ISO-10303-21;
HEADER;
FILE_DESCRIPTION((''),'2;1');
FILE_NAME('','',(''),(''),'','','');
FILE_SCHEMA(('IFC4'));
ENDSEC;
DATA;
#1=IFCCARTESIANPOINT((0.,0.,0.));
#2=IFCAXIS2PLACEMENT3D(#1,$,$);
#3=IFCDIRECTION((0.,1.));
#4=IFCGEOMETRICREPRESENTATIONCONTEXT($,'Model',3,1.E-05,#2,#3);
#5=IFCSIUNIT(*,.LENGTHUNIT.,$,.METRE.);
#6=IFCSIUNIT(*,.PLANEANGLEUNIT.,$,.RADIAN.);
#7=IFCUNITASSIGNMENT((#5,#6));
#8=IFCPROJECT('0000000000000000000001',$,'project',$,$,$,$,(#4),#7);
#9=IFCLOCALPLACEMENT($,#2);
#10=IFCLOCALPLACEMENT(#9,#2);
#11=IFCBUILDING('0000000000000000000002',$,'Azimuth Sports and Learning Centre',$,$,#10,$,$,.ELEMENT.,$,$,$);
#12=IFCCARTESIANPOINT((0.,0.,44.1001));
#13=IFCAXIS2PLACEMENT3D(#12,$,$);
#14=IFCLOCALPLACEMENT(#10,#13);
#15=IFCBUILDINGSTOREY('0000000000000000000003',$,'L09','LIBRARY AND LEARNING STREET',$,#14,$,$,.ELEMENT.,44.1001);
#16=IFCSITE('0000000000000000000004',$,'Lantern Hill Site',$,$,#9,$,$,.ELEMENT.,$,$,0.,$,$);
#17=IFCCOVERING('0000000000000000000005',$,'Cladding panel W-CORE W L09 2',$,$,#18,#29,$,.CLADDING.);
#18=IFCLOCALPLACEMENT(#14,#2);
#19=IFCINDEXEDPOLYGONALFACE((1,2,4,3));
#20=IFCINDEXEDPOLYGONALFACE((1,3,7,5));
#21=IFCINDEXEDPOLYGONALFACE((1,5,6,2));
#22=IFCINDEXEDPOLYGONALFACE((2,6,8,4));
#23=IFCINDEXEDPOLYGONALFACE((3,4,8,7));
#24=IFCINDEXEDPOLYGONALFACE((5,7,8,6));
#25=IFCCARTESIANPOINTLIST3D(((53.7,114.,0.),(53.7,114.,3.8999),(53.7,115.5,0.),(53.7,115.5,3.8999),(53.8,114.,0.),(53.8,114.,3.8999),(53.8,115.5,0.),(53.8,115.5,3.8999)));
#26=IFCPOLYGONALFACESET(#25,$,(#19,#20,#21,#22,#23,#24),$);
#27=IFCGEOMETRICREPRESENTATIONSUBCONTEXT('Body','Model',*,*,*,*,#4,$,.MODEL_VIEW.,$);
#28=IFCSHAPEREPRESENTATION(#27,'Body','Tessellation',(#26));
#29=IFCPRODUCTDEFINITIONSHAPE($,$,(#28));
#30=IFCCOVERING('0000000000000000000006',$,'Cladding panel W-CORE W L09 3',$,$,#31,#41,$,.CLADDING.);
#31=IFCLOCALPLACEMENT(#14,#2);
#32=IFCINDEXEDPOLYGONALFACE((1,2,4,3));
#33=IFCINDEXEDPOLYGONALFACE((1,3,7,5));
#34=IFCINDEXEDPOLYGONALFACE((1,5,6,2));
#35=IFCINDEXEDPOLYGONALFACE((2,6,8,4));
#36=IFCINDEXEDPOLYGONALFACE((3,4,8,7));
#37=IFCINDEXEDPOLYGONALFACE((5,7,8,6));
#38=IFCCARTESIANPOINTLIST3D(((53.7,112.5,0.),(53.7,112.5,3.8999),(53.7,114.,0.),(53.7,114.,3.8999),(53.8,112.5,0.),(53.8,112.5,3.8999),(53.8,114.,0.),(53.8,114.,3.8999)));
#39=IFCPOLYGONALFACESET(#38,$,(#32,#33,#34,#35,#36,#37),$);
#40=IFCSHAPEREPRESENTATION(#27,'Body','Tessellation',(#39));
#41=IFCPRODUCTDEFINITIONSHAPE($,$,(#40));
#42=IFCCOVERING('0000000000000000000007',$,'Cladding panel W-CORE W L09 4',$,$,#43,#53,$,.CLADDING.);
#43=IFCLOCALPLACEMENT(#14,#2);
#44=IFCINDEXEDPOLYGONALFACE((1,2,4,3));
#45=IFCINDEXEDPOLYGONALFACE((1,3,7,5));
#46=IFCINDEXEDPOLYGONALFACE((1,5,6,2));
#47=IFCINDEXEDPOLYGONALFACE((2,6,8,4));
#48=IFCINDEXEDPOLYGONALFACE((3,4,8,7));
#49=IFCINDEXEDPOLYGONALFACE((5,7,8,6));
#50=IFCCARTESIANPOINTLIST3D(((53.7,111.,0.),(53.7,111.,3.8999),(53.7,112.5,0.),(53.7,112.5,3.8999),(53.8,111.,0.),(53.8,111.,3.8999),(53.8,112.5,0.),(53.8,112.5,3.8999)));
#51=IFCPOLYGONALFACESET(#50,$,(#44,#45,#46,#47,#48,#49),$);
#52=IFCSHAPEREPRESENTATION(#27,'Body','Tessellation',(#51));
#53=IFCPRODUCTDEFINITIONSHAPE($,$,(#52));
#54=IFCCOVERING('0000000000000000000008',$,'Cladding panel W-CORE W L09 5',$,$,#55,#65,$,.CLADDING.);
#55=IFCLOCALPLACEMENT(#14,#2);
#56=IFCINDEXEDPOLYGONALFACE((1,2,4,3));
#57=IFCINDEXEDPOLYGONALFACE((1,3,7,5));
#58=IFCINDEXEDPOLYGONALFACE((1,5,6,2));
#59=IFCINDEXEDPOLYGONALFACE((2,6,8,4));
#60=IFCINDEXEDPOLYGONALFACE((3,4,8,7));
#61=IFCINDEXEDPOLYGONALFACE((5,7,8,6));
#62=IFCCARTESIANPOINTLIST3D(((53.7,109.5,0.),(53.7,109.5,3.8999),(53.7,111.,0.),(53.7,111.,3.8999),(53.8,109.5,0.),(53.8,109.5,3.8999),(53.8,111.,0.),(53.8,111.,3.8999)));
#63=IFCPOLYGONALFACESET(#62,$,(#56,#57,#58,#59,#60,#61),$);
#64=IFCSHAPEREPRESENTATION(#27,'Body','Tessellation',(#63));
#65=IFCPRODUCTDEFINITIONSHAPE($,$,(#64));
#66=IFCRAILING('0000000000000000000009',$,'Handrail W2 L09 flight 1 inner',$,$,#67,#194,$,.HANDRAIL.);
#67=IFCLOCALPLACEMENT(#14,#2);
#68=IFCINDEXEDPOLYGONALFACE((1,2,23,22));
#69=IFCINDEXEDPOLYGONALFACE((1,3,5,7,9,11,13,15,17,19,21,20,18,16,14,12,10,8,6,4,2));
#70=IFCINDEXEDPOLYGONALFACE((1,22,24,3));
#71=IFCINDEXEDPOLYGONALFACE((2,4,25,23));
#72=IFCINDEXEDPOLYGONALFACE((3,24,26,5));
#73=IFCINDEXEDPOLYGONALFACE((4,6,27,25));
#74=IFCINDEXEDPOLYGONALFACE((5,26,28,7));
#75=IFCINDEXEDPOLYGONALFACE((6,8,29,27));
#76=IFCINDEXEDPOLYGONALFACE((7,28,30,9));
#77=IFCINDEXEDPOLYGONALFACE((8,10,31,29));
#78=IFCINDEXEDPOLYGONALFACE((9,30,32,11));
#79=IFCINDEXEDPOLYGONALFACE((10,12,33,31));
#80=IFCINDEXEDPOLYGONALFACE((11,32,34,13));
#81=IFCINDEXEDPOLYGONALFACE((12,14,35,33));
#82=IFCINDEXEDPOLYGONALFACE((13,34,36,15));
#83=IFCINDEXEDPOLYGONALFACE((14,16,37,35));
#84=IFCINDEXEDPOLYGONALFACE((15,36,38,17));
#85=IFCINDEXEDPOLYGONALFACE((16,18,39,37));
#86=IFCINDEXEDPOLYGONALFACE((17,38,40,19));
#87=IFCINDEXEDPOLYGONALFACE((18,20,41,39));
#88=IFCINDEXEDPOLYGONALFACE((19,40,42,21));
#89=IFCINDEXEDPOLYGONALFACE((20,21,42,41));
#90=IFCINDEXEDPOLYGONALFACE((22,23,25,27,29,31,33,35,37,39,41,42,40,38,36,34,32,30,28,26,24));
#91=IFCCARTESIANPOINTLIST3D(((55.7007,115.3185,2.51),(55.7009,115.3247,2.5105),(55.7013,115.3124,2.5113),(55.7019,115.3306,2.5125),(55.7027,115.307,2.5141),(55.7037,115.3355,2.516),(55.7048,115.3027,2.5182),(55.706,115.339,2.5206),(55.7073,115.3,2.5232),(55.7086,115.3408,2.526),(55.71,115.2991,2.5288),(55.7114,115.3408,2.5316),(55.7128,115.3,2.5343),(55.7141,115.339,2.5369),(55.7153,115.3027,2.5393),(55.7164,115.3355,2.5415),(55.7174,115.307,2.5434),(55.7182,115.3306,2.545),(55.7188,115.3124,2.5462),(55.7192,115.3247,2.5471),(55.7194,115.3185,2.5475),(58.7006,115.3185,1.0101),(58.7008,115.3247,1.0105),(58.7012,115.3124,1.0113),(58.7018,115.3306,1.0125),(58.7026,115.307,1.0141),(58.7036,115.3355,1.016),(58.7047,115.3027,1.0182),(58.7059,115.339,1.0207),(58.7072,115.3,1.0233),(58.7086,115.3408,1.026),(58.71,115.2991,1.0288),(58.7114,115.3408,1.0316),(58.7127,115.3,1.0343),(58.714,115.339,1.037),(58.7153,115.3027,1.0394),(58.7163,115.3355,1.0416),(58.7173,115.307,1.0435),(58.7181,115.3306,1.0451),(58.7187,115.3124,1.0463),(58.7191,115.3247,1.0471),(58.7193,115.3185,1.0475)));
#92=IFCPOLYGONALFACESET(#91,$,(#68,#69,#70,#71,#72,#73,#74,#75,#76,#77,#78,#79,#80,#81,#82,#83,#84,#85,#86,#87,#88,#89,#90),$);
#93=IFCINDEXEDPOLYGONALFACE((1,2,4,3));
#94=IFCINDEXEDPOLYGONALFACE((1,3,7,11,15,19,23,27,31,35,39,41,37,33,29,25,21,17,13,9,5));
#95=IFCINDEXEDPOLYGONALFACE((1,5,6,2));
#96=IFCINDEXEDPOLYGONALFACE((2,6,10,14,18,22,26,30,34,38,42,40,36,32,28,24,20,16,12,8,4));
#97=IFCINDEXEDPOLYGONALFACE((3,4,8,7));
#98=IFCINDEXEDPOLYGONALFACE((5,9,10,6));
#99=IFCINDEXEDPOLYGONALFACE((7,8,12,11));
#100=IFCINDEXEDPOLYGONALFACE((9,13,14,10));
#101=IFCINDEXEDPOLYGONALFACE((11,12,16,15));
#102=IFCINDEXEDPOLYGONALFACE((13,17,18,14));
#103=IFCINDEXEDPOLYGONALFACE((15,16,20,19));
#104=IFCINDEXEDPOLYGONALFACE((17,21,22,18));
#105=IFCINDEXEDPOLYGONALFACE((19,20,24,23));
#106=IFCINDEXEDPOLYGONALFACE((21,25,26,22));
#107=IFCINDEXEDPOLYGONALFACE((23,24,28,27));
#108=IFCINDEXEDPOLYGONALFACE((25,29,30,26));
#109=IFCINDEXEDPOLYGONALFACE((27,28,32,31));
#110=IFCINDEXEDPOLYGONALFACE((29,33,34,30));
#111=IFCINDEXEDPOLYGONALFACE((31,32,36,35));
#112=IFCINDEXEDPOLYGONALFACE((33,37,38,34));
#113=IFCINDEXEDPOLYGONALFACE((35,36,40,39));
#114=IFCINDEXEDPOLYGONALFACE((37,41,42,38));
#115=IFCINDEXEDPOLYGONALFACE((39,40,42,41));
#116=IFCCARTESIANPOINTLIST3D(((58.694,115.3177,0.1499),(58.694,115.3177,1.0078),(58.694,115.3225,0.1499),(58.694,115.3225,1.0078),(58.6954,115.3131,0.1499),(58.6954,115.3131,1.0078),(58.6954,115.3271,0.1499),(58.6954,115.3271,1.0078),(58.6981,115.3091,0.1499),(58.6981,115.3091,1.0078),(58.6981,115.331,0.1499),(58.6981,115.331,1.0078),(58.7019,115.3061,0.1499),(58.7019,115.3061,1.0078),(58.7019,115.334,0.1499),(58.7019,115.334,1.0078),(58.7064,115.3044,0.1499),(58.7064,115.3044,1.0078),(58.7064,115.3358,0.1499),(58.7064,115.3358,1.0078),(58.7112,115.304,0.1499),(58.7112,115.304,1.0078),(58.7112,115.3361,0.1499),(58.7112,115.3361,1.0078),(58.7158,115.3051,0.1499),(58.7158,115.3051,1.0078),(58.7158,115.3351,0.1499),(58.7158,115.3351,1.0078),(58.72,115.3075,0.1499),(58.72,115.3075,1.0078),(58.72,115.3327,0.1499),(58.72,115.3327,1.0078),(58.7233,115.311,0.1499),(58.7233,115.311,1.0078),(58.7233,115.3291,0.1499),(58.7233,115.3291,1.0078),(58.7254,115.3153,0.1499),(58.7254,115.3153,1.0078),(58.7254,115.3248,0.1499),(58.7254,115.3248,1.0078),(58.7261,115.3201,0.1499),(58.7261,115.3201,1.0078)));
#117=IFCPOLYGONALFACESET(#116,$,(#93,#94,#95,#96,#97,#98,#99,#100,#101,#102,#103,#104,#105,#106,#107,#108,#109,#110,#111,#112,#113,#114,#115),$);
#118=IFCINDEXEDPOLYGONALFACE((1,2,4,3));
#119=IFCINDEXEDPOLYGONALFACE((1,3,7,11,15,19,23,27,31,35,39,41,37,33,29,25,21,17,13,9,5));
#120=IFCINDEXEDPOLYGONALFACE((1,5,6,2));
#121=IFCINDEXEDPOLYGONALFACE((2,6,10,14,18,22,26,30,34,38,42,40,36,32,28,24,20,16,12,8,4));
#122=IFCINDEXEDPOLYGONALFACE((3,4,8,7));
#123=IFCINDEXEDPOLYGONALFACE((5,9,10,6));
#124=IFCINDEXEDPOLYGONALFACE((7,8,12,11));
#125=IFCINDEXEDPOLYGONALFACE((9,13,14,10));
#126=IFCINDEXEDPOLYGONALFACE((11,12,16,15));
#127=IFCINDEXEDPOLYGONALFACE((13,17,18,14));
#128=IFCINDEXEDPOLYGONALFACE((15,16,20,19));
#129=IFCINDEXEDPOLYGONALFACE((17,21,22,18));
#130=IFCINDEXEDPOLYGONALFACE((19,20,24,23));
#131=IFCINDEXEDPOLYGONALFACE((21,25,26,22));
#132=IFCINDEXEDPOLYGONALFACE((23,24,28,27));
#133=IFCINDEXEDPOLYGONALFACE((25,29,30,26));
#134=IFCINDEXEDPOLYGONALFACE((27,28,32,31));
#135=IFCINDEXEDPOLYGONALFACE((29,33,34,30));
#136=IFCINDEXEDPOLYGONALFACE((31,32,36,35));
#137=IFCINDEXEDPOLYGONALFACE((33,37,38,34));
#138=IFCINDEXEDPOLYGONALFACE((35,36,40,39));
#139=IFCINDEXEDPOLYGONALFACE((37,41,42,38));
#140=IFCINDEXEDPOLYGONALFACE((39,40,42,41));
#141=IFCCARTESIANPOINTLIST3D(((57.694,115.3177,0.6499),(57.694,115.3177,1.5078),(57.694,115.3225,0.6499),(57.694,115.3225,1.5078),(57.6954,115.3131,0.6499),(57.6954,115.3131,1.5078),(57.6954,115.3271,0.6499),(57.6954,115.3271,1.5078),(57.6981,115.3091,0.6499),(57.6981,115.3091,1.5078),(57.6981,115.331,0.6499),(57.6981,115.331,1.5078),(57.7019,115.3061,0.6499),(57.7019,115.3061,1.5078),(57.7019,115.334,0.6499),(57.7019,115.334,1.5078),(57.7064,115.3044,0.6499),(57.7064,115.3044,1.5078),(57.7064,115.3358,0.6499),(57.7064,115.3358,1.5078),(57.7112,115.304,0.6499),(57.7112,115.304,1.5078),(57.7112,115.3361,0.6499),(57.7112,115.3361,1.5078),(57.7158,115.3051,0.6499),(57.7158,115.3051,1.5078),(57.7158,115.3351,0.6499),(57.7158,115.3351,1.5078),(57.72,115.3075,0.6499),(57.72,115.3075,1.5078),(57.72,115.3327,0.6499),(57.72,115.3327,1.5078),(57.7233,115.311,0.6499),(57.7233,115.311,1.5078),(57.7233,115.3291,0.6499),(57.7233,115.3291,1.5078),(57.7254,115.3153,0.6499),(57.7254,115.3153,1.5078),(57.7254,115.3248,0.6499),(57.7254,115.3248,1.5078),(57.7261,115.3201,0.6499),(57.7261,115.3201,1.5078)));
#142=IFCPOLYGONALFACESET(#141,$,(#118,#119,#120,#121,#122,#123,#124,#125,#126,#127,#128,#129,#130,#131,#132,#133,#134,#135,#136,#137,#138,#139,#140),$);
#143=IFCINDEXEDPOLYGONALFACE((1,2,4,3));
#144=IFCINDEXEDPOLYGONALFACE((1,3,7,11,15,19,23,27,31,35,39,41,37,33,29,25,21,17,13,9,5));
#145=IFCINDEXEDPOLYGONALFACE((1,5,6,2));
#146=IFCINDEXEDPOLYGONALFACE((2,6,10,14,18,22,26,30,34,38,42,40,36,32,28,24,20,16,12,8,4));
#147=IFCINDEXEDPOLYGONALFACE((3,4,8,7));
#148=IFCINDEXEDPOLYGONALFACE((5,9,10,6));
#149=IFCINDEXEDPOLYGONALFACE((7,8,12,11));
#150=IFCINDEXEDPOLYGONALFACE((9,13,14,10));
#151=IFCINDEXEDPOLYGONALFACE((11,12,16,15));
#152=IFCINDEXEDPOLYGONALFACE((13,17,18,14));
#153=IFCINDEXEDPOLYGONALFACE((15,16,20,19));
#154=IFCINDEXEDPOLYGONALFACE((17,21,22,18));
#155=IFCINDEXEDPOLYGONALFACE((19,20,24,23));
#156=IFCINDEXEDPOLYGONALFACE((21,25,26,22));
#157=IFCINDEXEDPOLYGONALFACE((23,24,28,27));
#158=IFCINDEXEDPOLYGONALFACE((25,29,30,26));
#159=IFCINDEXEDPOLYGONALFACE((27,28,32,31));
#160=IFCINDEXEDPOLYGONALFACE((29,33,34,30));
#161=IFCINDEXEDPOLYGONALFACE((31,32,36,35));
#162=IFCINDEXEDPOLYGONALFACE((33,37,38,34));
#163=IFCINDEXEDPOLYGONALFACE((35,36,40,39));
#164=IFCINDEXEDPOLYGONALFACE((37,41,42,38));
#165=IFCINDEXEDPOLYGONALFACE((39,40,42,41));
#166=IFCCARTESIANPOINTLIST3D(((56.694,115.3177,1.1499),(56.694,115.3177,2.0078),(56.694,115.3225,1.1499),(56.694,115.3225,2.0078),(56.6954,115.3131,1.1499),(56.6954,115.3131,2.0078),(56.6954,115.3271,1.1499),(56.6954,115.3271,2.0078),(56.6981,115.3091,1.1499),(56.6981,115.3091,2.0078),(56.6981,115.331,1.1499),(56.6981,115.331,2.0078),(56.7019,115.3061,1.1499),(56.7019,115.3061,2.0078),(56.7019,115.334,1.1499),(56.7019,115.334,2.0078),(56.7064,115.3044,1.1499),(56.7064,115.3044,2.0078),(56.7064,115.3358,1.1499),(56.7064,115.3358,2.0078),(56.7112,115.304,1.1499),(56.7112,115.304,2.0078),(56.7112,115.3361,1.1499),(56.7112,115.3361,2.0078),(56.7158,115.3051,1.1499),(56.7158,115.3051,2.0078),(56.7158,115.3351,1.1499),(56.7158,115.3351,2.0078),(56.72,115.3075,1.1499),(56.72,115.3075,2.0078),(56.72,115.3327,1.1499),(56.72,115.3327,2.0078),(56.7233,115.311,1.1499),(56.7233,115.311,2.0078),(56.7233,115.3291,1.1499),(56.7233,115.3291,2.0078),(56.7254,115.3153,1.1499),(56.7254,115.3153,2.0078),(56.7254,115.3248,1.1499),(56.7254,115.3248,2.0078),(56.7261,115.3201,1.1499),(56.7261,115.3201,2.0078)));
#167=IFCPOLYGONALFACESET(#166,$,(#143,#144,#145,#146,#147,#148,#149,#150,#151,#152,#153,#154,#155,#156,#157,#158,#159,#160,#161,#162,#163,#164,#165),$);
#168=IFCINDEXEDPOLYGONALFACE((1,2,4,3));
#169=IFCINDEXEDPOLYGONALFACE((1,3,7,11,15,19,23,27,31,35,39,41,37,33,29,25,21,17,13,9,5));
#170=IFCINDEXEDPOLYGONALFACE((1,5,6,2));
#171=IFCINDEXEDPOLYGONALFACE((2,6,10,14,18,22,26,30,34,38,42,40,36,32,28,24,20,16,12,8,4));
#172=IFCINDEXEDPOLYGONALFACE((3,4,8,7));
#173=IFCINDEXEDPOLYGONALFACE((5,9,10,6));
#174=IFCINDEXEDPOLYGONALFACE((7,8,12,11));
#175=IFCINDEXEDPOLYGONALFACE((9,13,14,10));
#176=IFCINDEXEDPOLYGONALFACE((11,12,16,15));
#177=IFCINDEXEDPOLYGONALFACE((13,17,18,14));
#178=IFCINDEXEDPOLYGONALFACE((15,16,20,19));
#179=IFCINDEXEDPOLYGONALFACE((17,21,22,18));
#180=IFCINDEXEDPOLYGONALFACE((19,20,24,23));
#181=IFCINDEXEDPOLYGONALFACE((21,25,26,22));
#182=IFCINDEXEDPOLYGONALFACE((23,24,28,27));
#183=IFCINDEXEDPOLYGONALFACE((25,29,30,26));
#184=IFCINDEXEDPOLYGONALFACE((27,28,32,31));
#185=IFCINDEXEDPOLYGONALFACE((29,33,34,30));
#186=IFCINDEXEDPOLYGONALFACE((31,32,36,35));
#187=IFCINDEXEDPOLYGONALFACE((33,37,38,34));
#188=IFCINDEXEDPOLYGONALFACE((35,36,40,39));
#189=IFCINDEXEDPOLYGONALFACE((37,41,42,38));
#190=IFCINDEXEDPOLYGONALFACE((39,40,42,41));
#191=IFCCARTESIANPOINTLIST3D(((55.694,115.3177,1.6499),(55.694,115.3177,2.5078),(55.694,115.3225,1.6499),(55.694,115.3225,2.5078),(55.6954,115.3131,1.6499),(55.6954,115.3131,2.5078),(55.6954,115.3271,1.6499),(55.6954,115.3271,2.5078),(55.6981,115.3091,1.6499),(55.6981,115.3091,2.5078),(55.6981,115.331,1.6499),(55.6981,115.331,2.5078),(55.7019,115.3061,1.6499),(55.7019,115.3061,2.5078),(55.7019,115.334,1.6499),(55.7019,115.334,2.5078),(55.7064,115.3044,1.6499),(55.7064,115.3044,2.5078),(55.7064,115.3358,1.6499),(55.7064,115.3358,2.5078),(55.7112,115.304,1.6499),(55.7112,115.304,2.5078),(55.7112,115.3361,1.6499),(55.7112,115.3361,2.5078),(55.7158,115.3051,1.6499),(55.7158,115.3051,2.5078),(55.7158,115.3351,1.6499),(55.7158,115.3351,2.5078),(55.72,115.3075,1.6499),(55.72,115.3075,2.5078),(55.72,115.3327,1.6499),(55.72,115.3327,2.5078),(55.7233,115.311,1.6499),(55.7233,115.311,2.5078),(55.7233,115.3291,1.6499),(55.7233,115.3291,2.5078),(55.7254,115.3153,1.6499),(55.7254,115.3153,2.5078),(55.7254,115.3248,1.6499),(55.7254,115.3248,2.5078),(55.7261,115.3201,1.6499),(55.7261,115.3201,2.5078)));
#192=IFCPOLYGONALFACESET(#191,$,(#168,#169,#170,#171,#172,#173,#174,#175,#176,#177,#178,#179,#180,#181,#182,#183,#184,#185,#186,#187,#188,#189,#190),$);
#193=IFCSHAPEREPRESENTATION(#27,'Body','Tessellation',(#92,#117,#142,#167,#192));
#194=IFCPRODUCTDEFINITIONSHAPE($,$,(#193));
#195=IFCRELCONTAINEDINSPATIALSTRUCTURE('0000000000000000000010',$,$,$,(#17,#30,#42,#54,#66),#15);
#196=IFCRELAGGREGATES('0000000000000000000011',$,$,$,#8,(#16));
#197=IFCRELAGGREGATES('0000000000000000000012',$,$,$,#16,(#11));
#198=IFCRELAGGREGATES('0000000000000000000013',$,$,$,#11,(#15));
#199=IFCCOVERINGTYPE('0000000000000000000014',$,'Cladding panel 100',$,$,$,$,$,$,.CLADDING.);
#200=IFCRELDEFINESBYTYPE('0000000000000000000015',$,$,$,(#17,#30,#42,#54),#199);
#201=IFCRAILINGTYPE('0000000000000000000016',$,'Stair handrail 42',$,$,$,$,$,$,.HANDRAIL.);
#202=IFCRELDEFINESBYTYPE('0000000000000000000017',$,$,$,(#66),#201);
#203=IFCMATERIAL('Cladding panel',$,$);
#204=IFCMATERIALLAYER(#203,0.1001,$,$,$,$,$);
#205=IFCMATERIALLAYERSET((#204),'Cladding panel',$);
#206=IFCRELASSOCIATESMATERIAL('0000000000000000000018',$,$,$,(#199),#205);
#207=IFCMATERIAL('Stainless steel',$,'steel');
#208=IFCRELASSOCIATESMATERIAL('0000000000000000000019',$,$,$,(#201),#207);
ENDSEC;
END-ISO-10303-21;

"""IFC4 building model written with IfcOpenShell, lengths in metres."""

from ifc_helpers import new_model, si_unit, direction, frame, origin, origin_2d, place, context, subcontext, project, spatial, rectangle, circle, extrude, material, layer, layer_set, type_object, element, save


model = new_model("IFC4")

# Units and contexts
model_context = context("Model", 3, precision=1e-05, world=origin(), true_north=direction((0.0, 1.0)))
body_context = subcontext(model_context, "Body", "Model", "MODEL_VIEW")
ifc_project = project(units=[si_unit("LENGTHUNIT", "METRE"), si_unit("PLANEANGLEUNIT", "RADIAN")], contexts=[model_context])

# Site, building, storey
site_placement = place(None, origin())
site = spatial("IfcSite", under=ifc_project, at=site_placement, Name="Lantern Hill Site", CompositionType="ELEMENT", RefElevation=0.0)
building_placement = place(site_placement, origin())
building = spatial("IfcBuilding", under=site, at=building_placement, Name="Azimuth Sports and Learning Centre", CompositionType="ELEMENT")
storey_placement = place(building_placement, frame((0.0, 0.0, 44.1001)))
storey = spatial("IfcBuildingStorey", under=building, at=storey_placement, Name="L09", Description="LIBRARY AND LEARNING STREET", CompositionType="ELEMENT", Elevation=44.1001)

# Coverings
ifc_material_1 = material(Name="Cladding panel")
ifc_layer_1 = layer(ifc_material_1, 0.1001)
ifc_layer_set_1 = layer_set([ifc_layer_1], Name="Cladding panel")
covering_type = type_object("IfcCoveringType", Name="Cladding panel 100", PredefinedType="CLADDING", material=ifc_layer_set_1)
for number, where, z_axis, x_axis, name in (
    (1, (53.75, 114.75, 0.0), (0.0, 0.0, 1.0), (0.0, -1.0, 0.0), "Cladding panel W-CORE W L09 2"),
    (2, (53.75, 113.25, 0.0), (0.0, 0.0, 1.0), (0.0, -1.0, 0.0), "Cladding panel W-CORE W L09 3"),
    (3, (53.75, 111.75, 0.0), (0.0, 0.0, 1.0), (0.0, -1.0, 0.0), "Cladding panel W-CORE W L09 4"),
    (4, (53.75, 110.25, 0.0), (0.0, 0.0, 1.0), (0.0, -1.0, 0.0), "Cladding panel W-CORE W L09 5"),
):
    element("IfcCovering", number, at=place(storey_placement, frame(where, z_axis=z_axis, x_axis=x_axis)), inside=storey, type_object=covering_type, Name=name, PredefinedType="CLADDING", context=body_context, shape_type="SweptSolid", body=[
        extrude(rectangle(XDim=1.5, YDim=0.1001, at=origin_2d()), origin(), (0.0, 0.0, 1.0), 3.8999),
    ])

# Railing
ifc_material_2 = material(Name="Stainless steel", Category="steel")
railing_type_1 = type_object("IfcRailingType", Name="Stair handrail 42", PredefinedType="HANDRAIL", material=ifc_material_2)
for number, where, name in (
    (5, (58.71, 115.3201, 0.1499), "Handrail W2 L09 flight 1 inner"),
):
    element("IfcRailing", number, at=place(storey_placement, frame(where)), inside=storey, type_object=railing_type_1, Name=name, PredefinedType="HANDRAIL", context=body_context, shape_type="SweptSolid", body=[
        extrude(circle(Radius=0.021, at=origin_2d()), frame((0.0, 0.0, 0.8789), z_axis=(-0.894427, 0.0, 0.447214), x_axis=(0.0, -1.0, 0.0)), (0.0, 0.0, 1.0), 3.354),
        extrude(circle(Radius=0.0161, at=origin_2d()), origin(), (0.0, 0.0, 1.0), 0.8579),
        extrude(circle(Radius=0.0161, at=origin_2d()), frame((-1.0, 0.0, 0.5)), (0.0, 0.0, 1.0), 0.8579),
        extrude(circle(Radius=0.0161, at=origin_2d()), frame((-2.0, 0.0, 1.0)), (0.0, 0.0, 1.0), 0.8579),
        extrude(circle(Radius=0.0161, at=origin_2d()), frame((-3.0, 0.0, 1.5)), (0.0, 0.0, 1.0), 0.8579),
    ])

save(model, "model.ifc")
